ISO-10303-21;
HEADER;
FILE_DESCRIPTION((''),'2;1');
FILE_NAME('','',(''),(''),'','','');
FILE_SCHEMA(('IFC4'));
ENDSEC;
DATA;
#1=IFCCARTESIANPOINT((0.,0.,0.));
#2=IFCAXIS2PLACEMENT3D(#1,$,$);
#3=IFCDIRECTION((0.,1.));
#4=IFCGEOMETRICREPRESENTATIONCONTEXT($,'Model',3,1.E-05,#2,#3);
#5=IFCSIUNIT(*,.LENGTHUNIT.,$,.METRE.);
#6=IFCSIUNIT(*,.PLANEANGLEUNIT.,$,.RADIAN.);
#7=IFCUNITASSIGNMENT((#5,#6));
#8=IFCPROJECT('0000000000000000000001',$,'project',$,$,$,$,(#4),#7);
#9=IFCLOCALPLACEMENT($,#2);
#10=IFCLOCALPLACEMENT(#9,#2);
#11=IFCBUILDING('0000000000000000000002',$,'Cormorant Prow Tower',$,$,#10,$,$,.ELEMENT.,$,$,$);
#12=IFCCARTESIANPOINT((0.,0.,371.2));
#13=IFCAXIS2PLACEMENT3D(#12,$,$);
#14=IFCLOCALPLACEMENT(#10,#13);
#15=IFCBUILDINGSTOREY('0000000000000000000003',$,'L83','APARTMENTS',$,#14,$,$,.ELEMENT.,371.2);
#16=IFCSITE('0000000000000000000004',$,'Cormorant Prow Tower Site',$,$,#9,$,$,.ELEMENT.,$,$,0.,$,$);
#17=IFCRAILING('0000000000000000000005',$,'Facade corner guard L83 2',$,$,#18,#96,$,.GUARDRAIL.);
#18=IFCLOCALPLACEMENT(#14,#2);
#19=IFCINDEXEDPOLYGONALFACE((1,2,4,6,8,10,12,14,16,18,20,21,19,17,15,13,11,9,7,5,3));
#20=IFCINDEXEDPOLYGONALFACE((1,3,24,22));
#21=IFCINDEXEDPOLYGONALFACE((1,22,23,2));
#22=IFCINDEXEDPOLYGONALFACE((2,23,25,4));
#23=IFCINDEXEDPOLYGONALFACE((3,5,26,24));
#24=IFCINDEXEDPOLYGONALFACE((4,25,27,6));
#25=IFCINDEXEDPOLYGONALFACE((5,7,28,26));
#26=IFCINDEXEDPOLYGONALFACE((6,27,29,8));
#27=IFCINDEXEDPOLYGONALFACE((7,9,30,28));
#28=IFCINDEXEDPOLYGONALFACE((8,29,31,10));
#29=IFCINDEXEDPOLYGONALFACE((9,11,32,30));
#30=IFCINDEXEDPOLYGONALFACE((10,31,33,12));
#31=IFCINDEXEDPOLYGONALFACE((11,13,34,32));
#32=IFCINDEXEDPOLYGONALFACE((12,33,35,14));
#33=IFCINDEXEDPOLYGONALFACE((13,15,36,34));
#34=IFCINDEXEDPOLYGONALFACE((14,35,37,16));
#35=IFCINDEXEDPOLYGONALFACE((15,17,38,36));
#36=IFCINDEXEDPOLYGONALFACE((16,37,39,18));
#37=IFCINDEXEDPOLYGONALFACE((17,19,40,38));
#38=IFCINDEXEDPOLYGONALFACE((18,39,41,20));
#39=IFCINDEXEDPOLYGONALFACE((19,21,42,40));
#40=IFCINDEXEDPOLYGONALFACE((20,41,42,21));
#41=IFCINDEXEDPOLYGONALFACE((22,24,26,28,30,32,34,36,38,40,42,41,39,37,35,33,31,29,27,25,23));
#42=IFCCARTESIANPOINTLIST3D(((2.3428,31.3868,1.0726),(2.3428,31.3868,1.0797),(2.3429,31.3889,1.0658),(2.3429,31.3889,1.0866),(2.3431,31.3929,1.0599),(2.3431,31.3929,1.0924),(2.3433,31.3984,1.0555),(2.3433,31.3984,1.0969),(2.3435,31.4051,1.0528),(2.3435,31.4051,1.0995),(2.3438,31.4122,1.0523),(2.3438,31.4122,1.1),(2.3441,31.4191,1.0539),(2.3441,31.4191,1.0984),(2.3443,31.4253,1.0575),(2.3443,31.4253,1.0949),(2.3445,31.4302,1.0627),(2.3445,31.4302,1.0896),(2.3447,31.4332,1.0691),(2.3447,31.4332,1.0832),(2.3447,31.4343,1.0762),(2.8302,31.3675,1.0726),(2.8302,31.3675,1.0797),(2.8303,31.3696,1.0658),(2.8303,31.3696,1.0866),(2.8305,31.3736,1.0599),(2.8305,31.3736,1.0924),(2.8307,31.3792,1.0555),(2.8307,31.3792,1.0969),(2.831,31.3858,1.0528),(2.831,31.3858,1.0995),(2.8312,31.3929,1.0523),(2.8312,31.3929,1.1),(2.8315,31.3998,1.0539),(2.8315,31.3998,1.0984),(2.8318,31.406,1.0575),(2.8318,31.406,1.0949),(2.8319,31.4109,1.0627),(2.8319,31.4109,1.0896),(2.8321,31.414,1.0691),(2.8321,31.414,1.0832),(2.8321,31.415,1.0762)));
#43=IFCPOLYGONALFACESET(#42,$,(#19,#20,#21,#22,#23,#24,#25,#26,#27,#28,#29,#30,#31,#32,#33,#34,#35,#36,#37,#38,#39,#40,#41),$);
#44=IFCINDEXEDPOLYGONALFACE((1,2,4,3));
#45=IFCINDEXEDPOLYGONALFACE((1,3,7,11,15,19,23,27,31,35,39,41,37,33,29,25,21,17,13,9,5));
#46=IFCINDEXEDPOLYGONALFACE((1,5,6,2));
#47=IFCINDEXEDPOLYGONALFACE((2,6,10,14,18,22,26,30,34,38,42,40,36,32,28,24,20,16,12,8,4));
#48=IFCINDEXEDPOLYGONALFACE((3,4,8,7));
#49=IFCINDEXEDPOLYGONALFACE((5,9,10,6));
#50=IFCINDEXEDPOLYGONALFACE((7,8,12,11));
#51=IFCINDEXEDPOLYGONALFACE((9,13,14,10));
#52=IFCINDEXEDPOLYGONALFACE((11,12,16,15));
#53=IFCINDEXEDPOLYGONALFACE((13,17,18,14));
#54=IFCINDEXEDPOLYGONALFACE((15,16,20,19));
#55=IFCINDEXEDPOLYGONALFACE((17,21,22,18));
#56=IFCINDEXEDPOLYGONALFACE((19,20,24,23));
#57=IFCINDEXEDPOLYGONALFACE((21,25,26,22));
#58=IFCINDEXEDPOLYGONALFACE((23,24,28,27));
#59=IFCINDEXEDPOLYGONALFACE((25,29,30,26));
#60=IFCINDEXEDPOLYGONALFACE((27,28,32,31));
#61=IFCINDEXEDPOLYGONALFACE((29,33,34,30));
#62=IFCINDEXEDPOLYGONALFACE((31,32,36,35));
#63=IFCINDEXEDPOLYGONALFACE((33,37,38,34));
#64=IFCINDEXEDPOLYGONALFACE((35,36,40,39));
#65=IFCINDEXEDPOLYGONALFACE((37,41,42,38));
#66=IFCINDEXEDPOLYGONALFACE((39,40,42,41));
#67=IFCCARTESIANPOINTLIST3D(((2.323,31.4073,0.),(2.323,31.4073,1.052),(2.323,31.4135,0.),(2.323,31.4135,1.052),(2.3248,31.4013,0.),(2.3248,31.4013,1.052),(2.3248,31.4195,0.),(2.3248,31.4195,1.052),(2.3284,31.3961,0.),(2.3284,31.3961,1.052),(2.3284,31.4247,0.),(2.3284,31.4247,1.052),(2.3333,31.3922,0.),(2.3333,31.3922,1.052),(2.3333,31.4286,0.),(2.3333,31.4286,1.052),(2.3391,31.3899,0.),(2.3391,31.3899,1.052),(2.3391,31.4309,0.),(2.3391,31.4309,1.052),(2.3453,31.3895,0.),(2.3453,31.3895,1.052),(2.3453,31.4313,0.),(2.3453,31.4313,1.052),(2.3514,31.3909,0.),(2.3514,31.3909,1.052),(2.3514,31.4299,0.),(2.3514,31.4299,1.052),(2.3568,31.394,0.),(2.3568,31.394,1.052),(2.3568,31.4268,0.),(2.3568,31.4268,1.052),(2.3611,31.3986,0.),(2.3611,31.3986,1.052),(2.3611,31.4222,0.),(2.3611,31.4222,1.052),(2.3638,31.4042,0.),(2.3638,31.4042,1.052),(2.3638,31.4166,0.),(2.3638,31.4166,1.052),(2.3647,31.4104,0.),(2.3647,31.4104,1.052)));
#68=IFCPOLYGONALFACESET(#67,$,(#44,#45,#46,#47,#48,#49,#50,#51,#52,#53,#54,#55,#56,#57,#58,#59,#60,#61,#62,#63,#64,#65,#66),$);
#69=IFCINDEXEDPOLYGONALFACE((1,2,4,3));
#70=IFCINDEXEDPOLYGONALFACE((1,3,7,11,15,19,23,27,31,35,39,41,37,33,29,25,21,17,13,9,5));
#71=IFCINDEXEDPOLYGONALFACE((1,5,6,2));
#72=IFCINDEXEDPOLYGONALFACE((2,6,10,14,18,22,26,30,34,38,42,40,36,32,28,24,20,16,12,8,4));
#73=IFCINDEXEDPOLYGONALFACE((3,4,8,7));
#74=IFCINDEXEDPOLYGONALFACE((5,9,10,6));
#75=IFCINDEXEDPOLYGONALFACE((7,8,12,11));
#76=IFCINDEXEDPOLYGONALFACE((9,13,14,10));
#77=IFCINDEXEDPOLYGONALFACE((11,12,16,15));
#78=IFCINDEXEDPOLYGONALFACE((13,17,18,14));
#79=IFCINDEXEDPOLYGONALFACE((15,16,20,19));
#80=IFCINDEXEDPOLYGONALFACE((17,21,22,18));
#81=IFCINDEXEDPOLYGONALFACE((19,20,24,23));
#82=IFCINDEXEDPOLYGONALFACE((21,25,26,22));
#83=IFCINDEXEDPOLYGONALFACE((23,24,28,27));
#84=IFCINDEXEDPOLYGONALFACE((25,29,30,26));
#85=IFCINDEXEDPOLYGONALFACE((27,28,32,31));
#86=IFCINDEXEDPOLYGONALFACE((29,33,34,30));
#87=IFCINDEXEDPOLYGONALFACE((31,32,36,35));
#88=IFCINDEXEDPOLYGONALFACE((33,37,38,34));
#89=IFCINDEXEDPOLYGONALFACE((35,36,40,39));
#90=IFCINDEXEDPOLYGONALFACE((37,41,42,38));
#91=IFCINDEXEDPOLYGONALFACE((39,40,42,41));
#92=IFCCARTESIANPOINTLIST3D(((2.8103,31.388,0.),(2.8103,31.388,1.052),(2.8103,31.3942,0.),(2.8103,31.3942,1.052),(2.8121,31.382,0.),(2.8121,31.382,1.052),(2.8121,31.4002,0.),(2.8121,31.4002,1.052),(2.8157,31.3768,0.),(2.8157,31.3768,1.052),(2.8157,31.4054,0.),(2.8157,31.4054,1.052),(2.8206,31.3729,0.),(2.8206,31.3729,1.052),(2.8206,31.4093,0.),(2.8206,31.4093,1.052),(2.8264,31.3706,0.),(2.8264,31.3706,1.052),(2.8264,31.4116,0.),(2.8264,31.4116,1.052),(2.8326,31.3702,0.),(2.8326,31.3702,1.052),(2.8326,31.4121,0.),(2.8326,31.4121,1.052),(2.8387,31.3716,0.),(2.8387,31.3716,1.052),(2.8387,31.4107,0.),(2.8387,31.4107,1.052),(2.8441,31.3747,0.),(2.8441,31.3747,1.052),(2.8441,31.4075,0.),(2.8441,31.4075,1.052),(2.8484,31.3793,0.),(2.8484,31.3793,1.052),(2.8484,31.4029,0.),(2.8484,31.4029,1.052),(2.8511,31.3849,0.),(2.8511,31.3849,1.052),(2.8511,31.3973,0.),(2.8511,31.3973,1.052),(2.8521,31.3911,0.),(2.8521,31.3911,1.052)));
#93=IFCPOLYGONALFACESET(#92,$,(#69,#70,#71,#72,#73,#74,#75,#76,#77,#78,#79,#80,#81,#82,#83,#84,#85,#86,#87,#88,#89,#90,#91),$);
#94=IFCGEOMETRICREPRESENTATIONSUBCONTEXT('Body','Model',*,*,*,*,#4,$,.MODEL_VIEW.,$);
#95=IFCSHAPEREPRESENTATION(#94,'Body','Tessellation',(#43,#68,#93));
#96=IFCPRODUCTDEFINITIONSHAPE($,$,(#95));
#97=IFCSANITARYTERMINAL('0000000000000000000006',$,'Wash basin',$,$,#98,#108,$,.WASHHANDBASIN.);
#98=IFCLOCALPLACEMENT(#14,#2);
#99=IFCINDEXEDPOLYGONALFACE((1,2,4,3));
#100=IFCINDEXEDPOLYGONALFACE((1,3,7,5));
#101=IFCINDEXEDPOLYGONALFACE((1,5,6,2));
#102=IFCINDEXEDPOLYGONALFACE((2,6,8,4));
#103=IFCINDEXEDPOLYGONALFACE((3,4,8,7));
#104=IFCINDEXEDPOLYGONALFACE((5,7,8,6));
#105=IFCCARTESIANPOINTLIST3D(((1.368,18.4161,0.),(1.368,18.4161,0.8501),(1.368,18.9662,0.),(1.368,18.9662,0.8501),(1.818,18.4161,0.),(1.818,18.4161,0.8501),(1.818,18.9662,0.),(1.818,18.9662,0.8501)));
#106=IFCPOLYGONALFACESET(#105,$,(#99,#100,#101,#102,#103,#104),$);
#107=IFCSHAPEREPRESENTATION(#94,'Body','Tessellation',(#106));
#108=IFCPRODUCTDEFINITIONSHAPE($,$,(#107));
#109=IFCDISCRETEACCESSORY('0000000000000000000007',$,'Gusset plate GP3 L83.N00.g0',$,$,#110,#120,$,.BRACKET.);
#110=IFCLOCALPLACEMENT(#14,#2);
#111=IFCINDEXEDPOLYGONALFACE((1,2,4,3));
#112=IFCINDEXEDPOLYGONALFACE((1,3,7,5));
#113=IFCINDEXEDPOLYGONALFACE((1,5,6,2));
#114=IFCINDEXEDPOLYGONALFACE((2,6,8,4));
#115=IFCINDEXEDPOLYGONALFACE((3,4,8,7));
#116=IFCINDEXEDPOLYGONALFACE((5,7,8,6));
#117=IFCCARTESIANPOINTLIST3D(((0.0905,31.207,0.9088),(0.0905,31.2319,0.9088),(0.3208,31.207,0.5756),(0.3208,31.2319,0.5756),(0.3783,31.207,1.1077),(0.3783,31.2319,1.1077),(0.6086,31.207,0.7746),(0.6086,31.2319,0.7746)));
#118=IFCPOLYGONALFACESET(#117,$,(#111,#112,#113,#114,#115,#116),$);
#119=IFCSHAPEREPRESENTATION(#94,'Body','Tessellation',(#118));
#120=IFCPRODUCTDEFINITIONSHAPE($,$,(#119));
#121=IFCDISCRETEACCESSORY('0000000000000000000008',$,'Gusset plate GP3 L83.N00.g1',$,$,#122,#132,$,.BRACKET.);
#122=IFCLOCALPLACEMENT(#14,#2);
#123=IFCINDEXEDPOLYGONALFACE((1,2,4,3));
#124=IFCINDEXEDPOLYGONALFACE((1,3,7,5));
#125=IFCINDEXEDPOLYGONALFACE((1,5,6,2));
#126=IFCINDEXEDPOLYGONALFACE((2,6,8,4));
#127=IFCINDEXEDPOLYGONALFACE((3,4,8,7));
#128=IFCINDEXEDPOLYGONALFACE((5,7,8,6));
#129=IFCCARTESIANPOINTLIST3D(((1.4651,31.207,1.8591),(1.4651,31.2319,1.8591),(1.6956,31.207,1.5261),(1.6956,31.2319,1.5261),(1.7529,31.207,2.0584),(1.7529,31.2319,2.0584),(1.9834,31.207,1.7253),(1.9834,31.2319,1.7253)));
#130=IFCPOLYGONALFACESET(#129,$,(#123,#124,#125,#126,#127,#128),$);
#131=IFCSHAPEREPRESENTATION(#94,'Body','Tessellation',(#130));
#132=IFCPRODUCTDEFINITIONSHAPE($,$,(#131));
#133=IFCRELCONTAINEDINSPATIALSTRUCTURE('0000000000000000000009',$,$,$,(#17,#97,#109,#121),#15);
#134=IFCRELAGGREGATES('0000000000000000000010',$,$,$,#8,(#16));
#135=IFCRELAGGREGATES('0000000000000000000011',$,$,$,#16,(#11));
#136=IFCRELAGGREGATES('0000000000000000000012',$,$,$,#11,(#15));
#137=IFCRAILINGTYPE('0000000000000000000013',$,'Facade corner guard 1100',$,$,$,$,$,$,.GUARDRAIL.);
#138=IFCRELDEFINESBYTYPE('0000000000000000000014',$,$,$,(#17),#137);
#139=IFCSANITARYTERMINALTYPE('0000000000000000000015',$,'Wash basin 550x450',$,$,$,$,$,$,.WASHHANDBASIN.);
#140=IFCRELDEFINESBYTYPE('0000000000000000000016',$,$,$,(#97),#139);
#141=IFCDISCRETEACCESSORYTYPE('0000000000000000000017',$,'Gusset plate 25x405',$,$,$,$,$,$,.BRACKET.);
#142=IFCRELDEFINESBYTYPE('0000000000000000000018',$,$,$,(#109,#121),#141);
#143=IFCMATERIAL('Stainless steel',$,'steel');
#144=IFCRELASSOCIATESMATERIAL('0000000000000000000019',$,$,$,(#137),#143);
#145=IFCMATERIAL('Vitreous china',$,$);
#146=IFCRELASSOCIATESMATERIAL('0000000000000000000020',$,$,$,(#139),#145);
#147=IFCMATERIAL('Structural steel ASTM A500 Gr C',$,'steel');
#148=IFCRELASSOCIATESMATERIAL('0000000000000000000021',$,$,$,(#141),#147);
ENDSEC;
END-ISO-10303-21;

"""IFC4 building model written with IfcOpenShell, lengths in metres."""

from ifc_helpers import new_model, si_unit, direction, frame, origin, origin_2d, place, context, subcontext, project, spatial, rectangle, circle, extrude, material, material_profile, profile_set, type_object, element, save


model = new_model("IFC4")

# Units and contexts
model_context = context("Model", 3, precision=1e-05, world=origin(), true_north=direction((0.0, 1.0)))
body_context = subcontext(model_context, "Body", "Model", "MODEL_VIEW")
ifc_project = project(units=[si_unit("LENGTHUNIT", "METRE"), si_unit("PLANEANGLEUNIT", "RADIAN")], contexts=[model_context])

# Site, building, storey
site_placement = place(None, origin())
site = spatial("IfcSite", under=ifc_project, at=site_placement, Name="Cormorant Prow Tower Site", CompositionType="ELEMENT", RefElevation=0.0)
building_placement = place(site_placement, origin())
building = spatial("IfcBuilding", under=site, at=building_placement, Name="Cormorant Prow Tower", CompositionType="ELEMENT")
storey_placement = place(building_placement, frame((0.0, 0.0, 371.2)))
storey = spatial("IfcBuildingStorey", under=building, at=storey_placement, Name="L83", Description="APARTMENTS", CompositionType="ELEMENT", Elevation=371.2)

# Railing
ifc_material_1 = material(Name="Stainless steel", Category="steel")
railing_type = type_object("IfcRailingType", Name="Facade corner guard 1100", PredefinedType="GUARDRAIL", material=ifc_material_1)
railing_placement = place(storey_placement, frame((2.3438, 31.4104, 0.0)))
element("IfcRailing", 1, at=railing_placement, inside=storey, type_object=railing_type, Name="Facade corner guard L83 2", PredefinedType="GUARDRAIL", context=body_context, shape_type="SweptSolid", body=[
    extrude(circle(Radius=0.0239, at=origin_2d()), frame((0.0, 0.0, 1.0762), z_axis=(0.999218, -0.039548, 0.0), x_axis=(0.039548, 0.999218, 0.0)), (0.0, 0.0, 1.0), 0.4878),
    extrude(circle(Radius=0.021, at=origin_2d()), origin(), (0.0, 0.0, 1.0), 1.052),
    extrude(circle(Radius=0.021, at=origin_2d()), frame((0.4873, -0.0193, 0.0)), (0.0, 0.0, 1.0), 1.052),
])

# Sanitary terminal
ifc_material_2 = material(Name="Vitreous china")
sanitary_terminal_type = type_object("IfcSanitaryTerminalType", Name="Wash basin 550x450", PredefinedType="WASHHANDBASIN", material=ifc_material_2)
sanitary_terminal_placement = place(storey_placement, frame((1.593, 18.6912, 0.0), z_axis=(0.0, 0.0, 1.0), x_axis=(0.0, -1.0, 0.0)))
element("IfcSanitaryTerminal", 2, at=sanitary_terminal_placement, inside=storey, type_object=sanitary_terminal_type, Name="Wash basin", PredefinedType="WASHHANDBASIN", context=body_context, shape_type="SweptSolid", body=[
    extrude(rectangle(XDim=0.55, YDim=0.45, at=origin_2d()), origin(), (0.0, 0.0, 1.0), 0.8501),
])

# Discrete accessories
ifc_material_3 = material(Name="Structural steel ASTM A500 Gr C", Category="steel")
ifc_material_profile_1 = material_profile(ifc_material_3, rectangle(XDim=0.0249, YDim=0.405, at=origin_2d()), Name="Gusset plate 25x405")
ifc_profile_set_1 = profile_set([ifc_material_profile_1], Name="Structural steel ASTM A500 Gr C")
discrete_accessory_type = type_object("IfcDiscreteAccessoryType", Name="Gusset plate 25x405", PredefinedType="BRACKET", material=ifc_profile_set_1)
discrete_accessory_1_placement = place(storey_placement, frame((0.4934, 31.2195, 0.9412), z_axis=(-0.822594, 0.0, -0.568629), x_axis=(0.0, -1.0, 0.0)))
element("IfcDiscreteAccessory", 3, at=discrete_accessory_1_placement, inside=storey, type_object=discrete_accessory_type, Name="Gusset plate GP3 L83.N00.g0", PredefinedType="BRACKET", context=body_context, shape_type="SweptSolid", body=[
    extrude(rectangle(XDim=0.0249, YDim=0.405, at=origin_2d()), origin(), (0.0, 0.0, 1.0), 0.3499),
])
discrete_accessory_2_placement = place(storey_placement, frame((1.5803, 31.2195, 1.6926), z_axis=(0.822268, 0.0, 0.569101), x_axis=(0.0, 1.0, 0.0)))
element("IfcDiscreteAccessory", 4, at=discrete_accessory_2_placement, inside=storey, type_object=discrete_accessory_type, Name="Gusset plate GP3 L83.N00.g1", PredefinedType="BRACKET", context=body_context, shape_type="SweptSolid", body=[
    extrude(rectangle(XDim=0.0249, YDim=0.405, at=origin_2d()), origin(), (0.0, 0.0, 1.0), 0.3501),
])

save(model, "model.ifc")
